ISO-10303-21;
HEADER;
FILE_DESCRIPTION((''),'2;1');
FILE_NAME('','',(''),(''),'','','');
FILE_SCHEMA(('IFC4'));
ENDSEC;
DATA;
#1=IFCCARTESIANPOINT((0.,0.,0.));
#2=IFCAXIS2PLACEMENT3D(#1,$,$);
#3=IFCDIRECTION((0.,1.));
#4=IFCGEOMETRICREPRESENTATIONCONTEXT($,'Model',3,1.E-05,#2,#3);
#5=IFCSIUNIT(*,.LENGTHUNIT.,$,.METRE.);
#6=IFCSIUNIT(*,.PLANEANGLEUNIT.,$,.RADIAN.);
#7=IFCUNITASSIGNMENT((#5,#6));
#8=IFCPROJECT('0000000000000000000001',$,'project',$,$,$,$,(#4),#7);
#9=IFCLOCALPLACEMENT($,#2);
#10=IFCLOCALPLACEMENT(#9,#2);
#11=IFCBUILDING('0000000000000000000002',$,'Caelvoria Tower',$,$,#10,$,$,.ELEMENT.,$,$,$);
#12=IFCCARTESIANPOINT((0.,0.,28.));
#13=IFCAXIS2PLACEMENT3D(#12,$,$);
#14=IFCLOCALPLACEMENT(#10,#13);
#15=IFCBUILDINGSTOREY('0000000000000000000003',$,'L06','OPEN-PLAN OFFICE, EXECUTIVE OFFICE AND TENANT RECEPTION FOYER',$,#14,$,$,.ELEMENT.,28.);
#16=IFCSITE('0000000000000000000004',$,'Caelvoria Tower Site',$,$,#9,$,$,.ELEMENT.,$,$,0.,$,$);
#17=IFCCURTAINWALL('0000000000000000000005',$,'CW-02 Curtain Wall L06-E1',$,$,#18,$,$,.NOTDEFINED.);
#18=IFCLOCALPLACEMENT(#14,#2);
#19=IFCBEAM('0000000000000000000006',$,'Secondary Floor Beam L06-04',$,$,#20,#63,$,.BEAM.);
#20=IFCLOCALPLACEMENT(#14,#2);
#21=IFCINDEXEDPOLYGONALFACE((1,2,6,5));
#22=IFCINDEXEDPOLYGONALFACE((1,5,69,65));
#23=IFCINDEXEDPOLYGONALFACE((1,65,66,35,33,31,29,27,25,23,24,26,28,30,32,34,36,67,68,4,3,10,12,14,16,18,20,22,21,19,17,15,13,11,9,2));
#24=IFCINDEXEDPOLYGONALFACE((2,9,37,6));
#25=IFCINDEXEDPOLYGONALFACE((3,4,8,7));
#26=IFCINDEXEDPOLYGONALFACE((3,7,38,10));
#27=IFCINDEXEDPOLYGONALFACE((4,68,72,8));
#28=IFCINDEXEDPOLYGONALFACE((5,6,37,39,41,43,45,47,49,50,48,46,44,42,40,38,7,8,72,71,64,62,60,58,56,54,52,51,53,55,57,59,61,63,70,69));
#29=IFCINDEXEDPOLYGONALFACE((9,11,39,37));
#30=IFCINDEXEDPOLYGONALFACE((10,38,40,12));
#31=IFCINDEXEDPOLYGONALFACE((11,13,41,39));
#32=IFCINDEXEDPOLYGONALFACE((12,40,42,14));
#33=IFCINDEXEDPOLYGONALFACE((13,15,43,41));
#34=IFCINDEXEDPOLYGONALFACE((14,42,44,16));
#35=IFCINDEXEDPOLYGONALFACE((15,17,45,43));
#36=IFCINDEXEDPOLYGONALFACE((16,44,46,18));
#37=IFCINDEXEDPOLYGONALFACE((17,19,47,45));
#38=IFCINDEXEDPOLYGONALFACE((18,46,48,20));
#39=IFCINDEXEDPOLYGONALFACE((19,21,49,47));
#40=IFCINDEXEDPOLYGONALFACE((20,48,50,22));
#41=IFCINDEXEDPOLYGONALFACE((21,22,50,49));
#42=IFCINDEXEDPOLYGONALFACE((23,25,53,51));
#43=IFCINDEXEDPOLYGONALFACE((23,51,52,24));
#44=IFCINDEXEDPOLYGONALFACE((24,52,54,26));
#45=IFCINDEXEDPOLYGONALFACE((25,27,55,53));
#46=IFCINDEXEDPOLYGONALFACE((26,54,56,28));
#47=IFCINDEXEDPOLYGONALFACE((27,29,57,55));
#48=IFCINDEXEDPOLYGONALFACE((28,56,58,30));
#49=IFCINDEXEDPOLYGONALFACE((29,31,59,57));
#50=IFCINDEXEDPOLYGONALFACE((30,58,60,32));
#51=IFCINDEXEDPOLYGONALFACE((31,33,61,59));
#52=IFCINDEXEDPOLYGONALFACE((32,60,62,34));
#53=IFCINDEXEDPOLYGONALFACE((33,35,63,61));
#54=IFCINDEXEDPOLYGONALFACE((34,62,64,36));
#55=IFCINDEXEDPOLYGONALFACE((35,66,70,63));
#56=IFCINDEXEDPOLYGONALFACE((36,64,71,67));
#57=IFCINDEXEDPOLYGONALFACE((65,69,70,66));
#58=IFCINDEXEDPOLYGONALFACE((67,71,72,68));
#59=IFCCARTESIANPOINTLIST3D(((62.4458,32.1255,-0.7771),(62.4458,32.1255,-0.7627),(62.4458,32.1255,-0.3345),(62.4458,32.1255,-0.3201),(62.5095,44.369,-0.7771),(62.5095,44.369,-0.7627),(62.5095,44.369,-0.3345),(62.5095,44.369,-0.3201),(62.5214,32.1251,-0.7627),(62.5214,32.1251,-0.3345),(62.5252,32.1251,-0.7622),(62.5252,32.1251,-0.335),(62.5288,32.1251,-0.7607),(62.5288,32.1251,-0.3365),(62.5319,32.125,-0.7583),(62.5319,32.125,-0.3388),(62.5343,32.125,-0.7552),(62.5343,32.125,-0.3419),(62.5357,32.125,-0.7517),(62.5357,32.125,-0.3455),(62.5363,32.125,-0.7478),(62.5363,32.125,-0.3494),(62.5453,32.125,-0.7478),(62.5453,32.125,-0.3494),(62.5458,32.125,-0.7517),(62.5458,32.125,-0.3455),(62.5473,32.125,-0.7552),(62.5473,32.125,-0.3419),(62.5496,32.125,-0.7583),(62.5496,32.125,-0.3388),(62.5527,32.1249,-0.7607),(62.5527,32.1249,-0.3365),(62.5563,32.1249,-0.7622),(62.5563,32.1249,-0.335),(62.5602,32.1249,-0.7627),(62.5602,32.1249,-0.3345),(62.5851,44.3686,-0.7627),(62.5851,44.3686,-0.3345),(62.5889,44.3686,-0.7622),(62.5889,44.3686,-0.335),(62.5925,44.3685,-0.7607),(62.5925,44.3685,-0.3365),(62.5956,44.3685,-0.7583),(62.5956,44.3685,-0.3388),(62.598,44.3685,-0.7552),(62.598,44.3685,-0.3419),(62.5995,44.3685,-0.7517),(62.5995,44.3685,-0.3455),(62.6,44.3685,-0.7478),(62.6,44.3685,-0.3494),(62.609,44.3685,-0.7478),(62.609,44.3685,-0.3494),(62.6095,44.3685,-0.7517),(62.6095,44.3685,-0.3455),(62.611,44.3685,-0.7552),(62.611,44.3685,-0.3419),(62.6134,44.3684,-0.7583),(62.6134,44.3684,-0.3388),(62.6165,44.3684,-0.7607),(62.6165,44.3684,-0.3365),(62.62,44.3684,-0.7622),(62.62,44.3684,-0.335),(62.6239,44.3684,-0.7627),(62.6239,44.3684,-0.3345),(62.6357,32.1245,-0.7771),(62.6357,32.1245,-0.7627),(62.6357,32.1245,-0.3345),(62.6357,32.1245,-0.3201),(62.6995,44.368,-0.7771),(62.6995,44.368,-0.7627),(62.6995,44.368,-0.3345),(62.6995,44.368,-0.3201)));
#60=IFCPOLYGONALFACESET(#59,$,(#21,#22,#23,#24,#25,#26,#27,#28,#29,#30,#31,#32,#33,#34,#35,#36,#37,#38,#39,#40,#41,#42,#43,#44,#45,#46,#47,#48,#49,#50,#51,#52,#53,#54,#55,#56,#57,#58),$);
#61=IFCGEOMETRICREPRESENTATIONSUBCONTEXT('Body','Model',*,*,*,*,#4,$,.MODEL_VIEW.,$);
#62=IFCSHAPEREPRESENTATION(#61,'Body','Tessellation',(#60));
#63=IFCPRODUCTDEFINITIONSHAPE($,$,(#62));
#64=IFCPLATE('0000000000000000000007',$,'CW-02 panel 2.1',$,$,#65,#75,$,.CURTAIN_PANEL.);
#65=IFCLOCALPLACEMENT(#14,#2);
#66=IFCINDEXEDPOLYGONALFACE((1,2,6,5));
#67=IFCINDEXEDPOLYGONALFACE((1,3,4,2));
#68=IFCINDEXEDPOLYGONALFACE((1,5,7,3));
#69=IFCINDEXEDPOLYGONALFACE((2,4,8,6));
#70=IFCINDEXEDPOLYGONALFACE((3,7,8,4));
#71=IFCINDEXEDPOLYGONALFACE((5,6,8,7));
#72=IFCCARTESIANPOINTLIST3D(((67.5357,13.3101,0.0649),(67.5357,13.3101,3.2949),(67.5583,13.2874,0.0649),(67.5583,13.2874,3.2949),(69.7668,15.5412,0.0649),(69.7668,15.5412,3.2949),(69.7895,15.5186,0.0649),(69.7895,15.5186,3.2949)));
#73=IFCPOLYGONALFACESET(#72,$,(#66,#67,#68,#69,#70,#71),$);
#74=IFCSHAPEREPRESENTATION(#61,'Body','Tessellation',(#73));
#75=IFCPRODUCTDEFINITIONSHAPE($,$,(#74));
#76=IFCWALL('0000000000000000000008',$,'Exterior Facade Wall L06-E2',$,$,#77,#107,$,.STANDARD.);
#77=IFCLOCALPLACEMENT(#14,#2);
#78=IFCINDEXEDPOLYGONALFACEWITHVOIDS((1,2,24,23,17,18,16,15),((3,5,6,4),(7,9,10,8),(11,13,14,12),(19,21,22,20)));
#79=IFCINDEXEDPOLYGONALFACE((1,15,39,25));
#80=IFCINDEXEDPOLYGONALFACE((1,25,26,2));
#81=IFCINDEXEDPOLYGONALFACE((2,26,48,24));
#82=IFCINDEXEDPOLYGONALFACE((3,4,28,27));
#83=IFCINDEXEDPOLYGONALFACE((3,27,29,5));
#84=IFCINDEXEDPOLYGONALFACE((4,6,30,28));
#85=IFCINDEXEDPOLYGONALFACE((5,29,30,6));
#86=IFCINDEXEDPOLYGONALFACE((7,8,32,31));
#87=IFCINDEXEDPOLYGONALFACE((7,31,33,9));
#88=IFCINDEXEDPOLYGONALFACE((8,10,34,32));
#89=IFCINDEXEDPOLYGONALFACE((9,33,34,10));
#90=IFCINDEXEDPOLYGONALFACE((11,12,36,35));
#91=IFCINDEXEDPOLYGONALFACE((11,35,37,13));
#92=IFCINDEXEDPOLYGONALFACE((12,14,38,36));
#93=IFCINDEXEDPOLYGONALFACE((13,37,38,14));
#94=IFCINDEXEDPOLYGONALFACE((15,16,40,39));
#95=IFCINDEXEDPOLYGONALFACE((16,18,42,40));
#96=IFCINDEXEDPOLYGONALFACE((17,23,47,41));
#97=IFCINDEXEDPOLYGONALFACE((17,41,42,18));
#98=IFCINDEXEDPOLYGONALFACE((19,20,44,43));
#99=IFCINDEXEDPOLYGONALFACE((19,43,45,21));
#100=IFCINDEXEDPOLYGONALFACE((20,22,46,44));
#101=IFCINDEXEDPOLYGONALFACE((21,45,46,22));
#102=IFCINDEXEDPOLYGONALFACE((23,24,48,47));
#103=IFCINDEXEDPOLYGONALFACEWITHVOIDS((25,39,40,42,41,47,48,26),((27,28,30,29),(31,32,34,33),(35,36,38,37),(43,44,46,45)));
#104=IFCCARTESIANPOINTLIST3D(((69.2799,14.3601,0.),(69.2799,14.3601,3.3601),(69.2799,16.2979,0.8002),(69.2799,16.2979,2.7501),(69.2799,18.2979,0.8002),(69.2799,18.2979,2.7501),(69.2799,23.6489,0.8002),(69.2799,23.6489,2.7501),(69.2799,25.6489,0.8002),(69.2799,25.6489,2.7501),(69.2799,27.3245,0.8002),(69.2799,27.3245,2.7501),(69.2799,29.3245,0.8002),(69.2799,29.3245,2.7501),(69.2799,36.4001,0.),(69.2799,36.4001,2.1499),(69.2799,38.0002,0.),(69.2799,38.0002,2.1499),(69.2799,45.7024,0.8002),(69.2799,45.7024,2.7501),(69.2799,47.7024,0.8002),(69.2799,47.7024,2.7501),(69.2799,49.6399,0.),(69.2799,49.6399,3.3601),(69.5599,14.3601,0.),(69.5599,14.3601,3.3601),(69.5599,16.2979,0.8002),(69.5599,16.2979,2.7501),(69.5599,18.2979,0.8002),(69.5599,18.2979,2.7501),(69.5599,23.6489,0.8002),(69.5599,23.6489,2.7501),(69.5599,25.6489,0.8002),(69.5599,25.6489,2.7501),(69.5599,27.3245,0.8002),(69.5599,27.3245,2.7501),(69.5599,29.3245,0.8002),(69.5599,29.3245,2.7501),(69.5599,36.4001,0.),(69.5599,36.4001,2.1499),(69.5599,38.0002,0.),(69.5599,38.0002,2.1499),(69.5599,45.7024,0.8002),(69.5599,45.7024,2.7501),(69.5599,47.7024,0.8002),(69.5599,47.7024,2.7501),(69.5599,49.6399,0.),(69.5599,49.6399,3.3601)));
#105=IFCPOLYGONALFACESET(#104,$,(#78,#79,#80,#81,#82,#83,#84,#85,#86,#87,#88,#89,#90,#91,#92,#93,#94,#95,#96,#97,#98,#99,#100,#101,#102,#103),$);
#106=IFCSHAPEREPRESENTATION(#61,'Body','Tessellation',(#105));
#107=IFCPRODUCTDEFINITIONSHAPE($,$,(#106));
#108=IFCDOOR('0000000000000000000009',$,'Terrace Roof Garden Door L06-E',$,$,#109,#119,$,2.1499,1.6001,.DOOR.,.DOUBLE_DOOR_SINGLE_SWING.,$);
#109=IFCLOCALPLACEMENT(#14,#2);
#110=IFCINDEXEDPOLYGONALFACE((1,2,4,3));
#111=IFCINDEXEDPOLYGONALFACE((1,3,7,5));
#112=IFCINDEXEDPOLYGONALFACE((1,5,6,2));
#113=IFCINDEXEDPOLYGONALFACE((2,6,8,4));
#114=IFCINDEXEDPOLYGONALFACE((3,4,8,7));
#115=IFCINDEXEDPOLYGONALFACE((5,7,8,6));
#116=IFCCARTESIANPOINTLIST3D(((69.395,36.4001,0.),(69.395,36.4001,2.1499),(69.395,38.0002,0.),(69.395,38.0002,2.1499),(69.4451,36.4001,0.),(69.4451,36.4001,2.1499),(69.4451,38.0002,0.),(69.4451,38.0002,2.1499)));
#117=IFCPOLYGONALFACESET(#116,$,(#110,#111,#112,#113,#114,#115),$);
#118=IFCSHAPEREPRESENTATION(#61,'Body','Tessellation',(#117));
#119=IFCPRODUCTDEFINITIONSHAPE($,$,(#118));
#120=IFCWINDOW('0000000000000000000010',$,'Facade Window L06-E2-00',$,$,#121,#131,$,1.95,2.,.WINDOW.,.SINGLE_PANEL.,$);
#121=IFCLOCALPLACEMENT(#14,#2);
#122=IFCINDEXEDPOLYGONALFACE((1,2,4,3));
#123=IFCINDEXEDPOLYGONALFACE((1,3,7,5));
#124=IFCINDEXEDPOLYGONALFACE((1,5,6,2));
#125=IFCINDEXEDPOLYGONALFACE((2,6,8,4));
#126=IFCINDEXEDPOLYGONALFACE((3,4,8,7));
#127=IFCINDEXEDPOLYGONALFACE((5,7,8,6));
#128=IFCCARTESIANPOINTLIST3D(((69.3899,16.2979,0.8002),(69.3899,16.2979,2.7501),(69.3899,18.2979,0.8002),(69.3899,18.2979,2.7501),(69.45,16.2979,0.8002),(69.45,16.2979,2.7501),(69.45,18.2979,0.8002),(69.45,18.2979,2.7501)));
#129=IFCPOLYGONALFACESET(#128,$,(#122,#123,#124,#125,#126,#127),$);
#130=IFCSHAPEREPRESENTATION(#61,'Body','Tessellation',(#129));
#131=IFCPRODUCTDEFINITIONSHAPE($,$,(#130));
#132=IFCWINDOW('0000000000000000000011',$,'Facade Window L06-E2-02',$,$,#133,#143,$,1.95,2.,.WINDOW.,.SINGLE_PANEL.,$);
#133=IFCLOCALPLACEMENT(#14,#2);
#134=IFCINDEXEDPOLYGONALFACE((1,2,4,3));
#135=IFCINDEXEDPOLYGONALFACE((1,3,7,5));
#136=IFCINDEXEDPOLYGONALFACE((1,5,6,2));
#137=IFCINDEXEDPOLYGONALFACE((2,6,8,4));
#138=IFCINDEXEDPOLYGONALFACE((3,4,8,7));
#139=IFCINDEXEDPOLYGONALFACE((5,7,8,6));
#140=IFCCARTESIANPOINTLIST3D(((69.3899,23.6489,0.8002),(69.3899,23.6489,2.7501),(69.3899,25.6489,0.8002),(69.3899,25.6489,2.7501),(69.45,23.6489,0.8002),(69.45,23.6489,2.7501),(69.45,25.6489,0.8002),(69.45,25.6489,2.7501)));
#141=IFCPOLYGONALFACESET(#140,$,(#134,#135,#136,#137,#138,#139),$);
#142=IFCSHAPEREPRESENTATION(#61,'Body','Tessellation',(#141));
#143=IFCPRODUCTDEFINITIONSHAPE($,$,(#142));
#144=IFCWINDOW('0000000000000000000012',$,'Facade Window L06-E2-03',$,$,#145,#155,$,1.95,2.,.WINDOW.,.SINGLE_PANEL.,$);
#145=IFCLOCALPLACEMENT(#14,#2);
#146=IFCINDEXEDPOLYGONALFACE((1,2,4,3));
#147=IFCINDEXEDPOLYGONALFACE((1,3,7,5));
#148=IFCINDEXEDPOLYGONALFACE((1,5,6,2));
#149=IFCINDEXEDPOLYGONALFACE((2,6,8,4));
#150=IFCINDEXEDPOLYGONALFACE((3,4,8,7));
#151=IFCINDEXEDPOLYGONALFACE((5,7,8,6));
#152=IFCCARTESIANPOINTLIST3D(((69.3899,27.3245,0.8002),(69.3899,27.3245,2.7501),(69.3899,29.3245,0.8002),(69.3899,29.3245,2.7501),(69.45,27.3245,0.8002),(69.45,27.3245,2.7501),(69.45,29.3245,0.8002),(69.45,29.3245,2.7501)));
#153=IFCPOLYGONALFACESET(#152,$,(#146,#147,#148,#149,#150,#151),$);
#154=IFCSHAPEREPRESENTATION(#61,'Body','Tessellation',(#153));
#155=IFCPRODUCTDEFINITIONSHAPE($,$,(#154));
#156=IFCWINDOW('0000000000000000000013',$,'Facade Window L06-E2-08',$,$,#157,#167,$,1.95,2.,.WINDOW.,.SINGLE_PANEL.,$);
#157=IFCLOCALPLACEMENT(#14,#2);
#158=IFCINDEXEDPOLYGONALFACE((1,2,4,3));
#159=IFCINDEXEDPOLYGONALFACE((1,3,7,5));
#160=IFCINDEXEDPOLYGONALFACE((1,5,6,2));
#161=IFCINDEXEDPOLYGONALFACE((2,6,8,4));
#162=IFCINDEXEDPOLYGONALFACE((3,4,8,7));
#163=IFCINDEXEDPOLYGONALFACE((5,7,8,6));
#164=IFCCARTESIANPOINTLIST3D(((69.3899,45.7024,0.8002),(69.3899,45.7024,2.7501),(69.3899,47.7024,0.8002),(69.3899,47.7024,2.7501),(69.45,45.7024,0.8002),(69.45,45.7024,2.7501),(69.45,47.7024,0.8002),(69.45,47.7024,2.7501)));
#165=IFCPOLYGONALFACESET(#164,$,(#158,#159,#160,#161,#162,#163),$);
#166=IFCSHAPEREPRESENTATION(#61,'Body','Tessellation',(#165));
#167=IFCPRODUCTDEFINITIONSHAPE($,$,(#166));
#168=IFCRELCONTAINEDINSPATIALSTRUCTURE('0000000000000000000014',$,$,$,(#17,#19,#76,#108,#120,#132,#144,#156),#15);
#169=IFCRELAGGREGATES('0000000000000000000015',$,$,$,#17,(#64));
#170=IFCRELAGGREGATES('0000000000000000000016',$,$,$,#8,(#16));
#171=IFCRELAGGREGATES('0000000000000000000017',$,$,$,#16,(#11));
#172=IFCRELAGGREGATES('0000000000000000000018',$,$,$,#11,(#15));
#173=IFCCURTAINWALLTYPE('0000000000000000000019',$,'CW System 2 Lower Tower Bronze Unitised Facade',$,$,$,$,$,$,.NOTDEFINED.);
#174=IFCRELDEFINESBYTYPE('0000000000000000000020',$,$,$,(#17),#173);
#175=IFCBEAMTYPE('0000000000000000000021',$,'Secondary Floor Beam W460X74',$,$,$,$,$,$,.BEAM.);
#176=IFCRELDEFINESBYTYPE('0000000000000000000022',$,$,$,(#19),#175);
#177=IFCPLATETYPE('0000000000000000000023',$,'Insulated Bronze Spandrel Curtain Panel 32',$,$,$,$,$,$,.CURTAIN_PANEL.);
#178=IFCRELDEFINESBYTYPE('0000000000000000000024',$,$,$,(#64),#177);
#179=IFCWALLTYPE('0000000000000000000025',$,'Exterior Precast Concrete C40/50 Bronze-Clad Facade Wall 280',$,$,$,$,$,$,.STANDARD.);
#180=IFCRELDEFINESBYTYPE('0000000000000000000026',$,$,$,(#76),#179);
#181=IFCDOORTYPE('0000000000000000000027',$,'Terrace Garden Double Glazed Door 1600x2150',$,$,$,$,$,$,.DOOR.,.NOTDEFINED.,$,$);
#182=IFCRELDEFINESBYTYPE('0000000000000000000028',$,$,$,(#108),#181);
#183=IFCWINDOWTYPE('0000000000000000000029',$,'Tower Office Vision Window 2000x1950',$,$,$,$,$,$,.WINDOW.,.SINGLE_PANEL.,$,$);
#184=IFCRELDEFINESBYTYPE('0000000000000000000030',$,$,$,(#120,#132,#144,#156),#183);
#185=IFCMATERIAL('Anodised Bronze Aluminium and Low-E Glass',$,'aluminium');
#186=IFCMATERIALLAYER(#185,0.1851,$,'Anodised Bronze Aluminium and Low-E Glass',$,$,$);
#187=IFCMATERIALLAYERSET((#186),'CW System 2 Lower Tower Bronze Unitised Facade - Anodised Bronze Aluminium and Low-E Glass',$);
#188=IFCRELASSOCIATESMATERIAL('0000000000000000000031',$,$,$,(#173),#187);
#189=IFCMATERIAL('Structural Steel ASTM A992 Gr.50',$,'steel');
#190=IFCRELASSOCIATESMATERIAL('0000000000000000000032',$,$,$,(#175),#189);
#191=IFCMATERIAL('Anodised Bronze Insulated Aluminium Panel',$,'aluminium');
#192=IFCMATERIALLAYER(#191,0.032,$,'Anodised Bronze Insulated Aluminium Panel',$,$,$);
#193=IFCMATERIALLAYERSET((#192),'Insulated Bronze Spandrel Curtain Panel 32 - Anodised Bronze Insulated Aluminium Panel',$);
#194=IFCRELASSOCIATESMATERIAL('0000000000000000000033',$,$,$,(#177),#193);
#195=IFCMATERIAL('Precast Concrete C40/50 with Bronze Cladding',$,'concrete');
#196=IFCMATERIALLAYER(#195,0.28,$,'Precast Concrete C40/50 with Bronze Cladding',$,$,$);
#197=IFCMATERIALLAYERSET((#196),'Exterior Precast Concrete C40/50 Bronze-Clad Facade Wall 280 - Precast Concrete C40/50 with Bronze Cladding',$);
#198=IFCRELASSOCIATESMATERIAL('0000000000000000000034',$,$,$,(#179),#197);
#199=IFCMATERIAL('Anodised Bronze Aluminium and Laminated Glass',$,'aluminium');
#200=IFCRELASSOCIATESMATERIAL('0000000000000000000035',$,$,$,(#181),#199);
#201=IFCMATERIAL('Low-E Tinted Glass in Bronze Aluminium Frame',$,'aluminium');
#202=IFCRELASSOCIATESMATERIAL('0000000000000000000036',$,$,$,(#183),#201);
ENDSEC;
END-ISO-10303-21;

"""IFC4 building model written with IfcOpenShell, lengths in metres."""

from ifc_helpers import new_model, si_unit, direction, frame, frame_2d, origin, origin_2d, place, context, subcontext, project, spatial, rectangle, i_section, extrude, material, layer, layer_set, material_profile, profile_set, type_object, element, fill, aggregate, save


model = new_model("IFC4")

# Units and contexts
model_context = context("Model", 3, precision=1e-05, world=origin(), true_north=direction((0.0, 1.0)))
body_context = subcontext(model_context, "Body", "Model", "MODEL_VIEW")
ifc_project = project(units=[si_unit("LENGTHUNIT", "METRE"), si_unit("PLANEANGLEUNIT", "RADIAN")], contexts=[model_context])

# Site, building, storey
site_placement = place(None, origin())
site = spatial("IfcSite", under=ifc_project, at=site_placement, Name="Caelvoria Tower Site", CompositionType="ELEMENT", RefElevation=0.0)
building_placement = place(site_placement, origin())
building = spatial("IfcBuilding", under=site, at=building_placement, Name="Caelvoria Tower", CompositionType="ELEMENT")
storey_placement = place(building_placement, frame((0.0, 0.0, 28.0)))
storey = spatial("IfcBuildingStorey", under=building, at=storey_placement, Name="L06", Description="OPEN-PLAN OFFICE, EXECUTIVE OFFICE AND TENANT RECEPTION FOYER", CompositionType="ELEMENT", Elevation=28.0)

# Curtain wall
ifc_material_1 = material(Name="Anodised Bronze Aluminium and Low-E Glass", Category="aluminium")
ifc_layer_1 = layer(ifc_material_1, 0.1851, Name="Anodised Bronze Aluminium and Low-E Glass")
ifc_layer_set_1 = layer_set([ifc_layer_1], Name="CW System 2 Lower Tower Bronze Unitised Facade - Anodised Bronze Aluminium and Low-E Glass")
curtain_wall_type = type_object("IfcCurtainWallType", Name="CW System 2 Lower Tower Bronze Unitised Facade", PredefinedType="NOTDEFINED", material=ifc_layer_set_1)
curtain_wall_placement = place(storey_placement, origin())
curtain_wall = element("IfcCurtainWall", 1, at=curtain_wall_placement, inside=storey, type_object=curtain_wall_type, Name="CW-02 Curtain Wall L06-E1", PredefinedType="NOTDEFINED")

# Beam
ifc_material_2 = material(Name="Structural Steel ASTM A992 Gr.50", Category="steel")
ifc_material_profile_1 = material_profile(ifc_material_2, i_section(OverallWidth=0.1899, OverallDepth=0.457, WebThickness=0.009, FlangeThickness=0.0144, FilletRadius=0.0149, at=origin_2d()), Name="Structural Steel ASTM A992 Gr.50")
ifc_profile_set_1 = profile_set([ifc_material_profile_1], Name="W460X74 - Structural Steel ASTM A992 Gr.50")
beam_type_1 = type_object("IfcBeamType", Name="Secondary Floor Beam W460X74", PredefinedType="BEAM", material=ifc_profile_set_1)
beam_1_placement = place(storey_placement, frame((62.5408, 32.125, -0.5486), z_axis=(0.005204, 0.999986, 0.0), x_axis=(-0.999986, 0.005204, 0.0)))
element("IfcBeam", 2, at=beam_1_placement, inside=storey, type_object=beam_type_1, Name="Secondary Floor Beam L06-04", PredefinedType="BEAM", context=body_context, shape_type="SweptSolid", body=[
    extrude(i_section(OverallWidth=0.1899, OverallDepth=0.457, WebThickness=0.009, FlangeThickness=0.0144, FilletRadius=0.0149, at=origin_2d()), origin(), (0.0, 0.0, 1.0), 12.2437),
])

# Plate
ifc_material_3 = material(Name="Anodised Bronze Insulated Aluminium Panel", Category="aluminium")
ifc_layer_2 = layer(ifc_material_3, 0.032, Name="Anodised Bronze Insulated Aluminium Panel")
ifc_layer_set_2 = layer_set([ifc_layer_2], Name="Insulated Bronze Spandrel Curtain Panel 32 - Anodised Bronze Insulated Aluminium Panel")
plate_type = type_object("IfcPlateType", Name="Insulated Bronze Spandrel Curtain Panel 32", PredefinedType="CURTAIN_PANEL", material=ifc_layer_set_2)
plate_placement = place(storey_placement, frame((68.6626, 14.4143, 0.0649), z_axis=(0.0, 0.0, 1.0), x_axis=(0.707107, 0.707107, 0.0)))
plate = element("IfcPlate", 3, at=plate_placement, type_object=plate_type, Name="CW-02 panel 2.1", PredefinedType="CURTAIN_PANEL", context=body_context, shape_type="SweptSolid", body=[
    extrude(rectangle(XDim=3.1553, YDim=0.032, at=origin_2d()), origin(), (0.0, 0.0, 1.0), 3.23),
])
aggregate(curtain_wall, [plate])

# Wall, openings, door, windows
ifc_material_4 = material(Name="Precast Concrete C40/50 with Bronze Cladding", Category="concrete")
ifc_layer_3 = layer(ifc_material_4, 0.28, Name="Precast Concrete C40/50 with Bronze Cladding")
ifc_layer_set_3 = layer_set([ifc_layer_3], Name="Exterior Precast Concrete C40/50 Bronze-Clad Facade Wall 280 - Precast Concrete C40/50 with Bronze Cladding")
wall_type = type_object("IfcWallType", Name="Exterior Precast Concrete C40/50 Bronze-Clad Facade Wall 280", PredefinedType="STANDARD", material=ifc_layer_set_3)
wall_placement = place(storey_placement, frame((69.4199, 14.3601, 0.0), z_axis=(0.0, 0.0, 1.0), x_axis=(0.0, 1.0, 0.0)))
wall = element("IfcWall", 4, at=wall_placement, inside=storey, type_object=wall_type, Name="Exterior Facade Wall L06-E2", PredefinedType="STANDARD", context=body_context, shape_type="SweptSolid", body=[
    extrude(rectangle(XDim=35.2798, YDim=0.28, at=frame_2d((17.6399, 0.0))), origin(), (0.0, 0.0, 1.0), 3.3601),
])
opening_1_placement = place(wall_placement, frame((22.04, 0.0, 0.0)))
opening_1 = element("IfcOpeningElement", 5, at=opening_1_placement, cuts=wall, PredefinedType="OPENING", context=body_context, shape_type="SweptSolid", body=[
    extrude(rectangle(XDim=1.6001, YDim=2.1499, at=frame_2d((0.8, 1.075))), frame((0.0, 0.1499, 0.0), z_axis=(0.0, -1.0, 0.0), x_axis=(1.0, 0.0, 0.0)), (0.0, 0.0, 1.0), 0.3),
])
opening_2_placement = place(wall_placement, frame((1.9377, 0.0, 0.8)))
opening_2 = element("IfcOpeningElement", 6, at=opening_2_placement, cuts=wall, PredefinedType="OPENING", context=body_context, shape_type="SweptSolid", body=[
    extrude(rectangle(XDim=2.0, YDim=1.95, at=frame_2d((1.0, 0.9751))), frame((0.0, 0.1499, 0.0), z_axis=(0.0, -1.0, 0.0), x_axis=(1.0, 0.0, 0.0)), (0.0, 0.0, 1.0), 0.3),
])
opening_3_placement = place(wall_placement, frame((9.2888, 0.0, 0.8)))
opening_3 = element("IfcOpeningElement", 7, at=opening_3_placement, cuts=wall, PredefinedType="OPENING", context=body_context, shape_type="SweptSolid", body=[
    extrude(rectangle(XDim=2.0, YDim=1.95, at=frame_2d((1.0, 0.9751))), frame((0.0, 0.1499, 0.0), z_axis=(0.0, -1.0, 0.0), x_axis=(1.0, 0.0, 0.0)), (0.0, 0.0, 1.0), 0.3),
])
opening_4_placement = place(wall_placement, frame((12.9644, 0.0, 0.8)))
opening_4 = element("IfcOpeningElement", 8, at=opening_4_placement, cuts=wall, PredefinedType="OPENING", context=body_context, shape_type="SweptSolid", body=[
    extrude(rectangle(XDim=2.0, YDim=1.95, at=frame_2d((1.0, 0.9751))), frame((0.0, 0.1499, 0.0), z_axis=(0.0, -1.0, 0.0), x_axis=(1.0, 0.0, 0.0)), (0.0, 0.0, 1.0), 0.3),
])
opening_5_placement = place(wall_placement, frame((31.3423, 0.0, 0.8)))
opening_5 = element("IfcOpeningElement", 9, at=opening_5_placement, cuts=wall, PredefinedType="OPENING", context=body_context, shape_type="SweptSolid", body=[
    extrude(rectangle(XDim=2.0, YDim=1.95, at=frame_2d((1.0, 0.9751))), frame((0.0, 0.1499, 0.0), z_axis=(0.0, -1.0, 0.0), x_axis=(1.0, 0.0, 0.0)), (0.0, 0.0, 1.0), 0.3),
])
ifc_material_5 = material(Name="Anodised Bronze Aluminium and Laminated Glass", Category="aluminium")
door_type = type_object("IfcDoorType", Name="Terrace Garden Double Glazed Door 1600x2150", OperationType="NOTDEFINED", PredefinedType="DOOR", material=ifc_material_5)
door_placement = place(opening_1_placement, origin())
door = element("IfcDoor", 10, at=door_placement, inside=storey, type_object=door_type, Name="Terrace Roof Garden Door L06-E", OperationType="DOUBLE_DOOR_SINGLE_SWING", OverallHeight=2.1499, OverallWidth=1.6001, PredefinedType="DOOR", context=body_context, shape_type="SweptSolid", body=[
    extrude(rectangle(XDim=1.6001, YDim=2.1499, at=frame_2d((0.8, 1.075))), frame((0.0, 0.0249, 0.0), z_axis=(0.0, -1.0, 0.0), x_axis=(1.0, 0.0, 0.0)), (0.0, 0.0, 1.0), 0.05),
])
fill(opening_1, door)
ifc_material_6 = material(Name="Low-E Tinted Glass in Bronze Aluminium Frame", Category="aluminium")
window_type = type_object("IfcWindowType", Name="Tower Office Vision Window 2000x1950", PartitioningType="SINGLE_PANEL", PredefinedType="WINDOW", material=ifc_material_6)
window_1_placement = place(opening_2_placement, origin())
window_1 = element("IfcWindow", 11, at=window_1_placement, inside=storey, type_object=window_type, Name="Facade Window L06-E2-00", OverallHeight=1.95, OverallWidth=2.0, PartitioningType="SINGLE_PANEL", PredefinedType="WINDOW", context=body_context, shape_type="SweptSolid", body=[
    extrude(rectangle(XDim=2.0, YDim=1.95, at=frame_2d((1.0, 0.9751))), frame((0.0, 0.03, 0.0), z_axis=(0.0, -1.0, 0.0), x_axis=(1.0, 0.0, 0.0)), (0.0, 0.0, 1.0), 0.0601),
])
fill(opening_2, window_1)
window_2_placement = place(opening_3_placement, origin())
window_2 = element("IfcWindow", 12, at=window_2_placement, inside=storey, type_object=window_type, Name="Facade Window L06-E2-02", OverallHeight=1.95, OverallWidth=2.0, PartitioningType="SINGLE_PANEL", PredefinedType="WINDOW", context=body_context, shape_type="SweptSolid", body=[
    extrude(rectangle(XDim=2.0, YDim=1.95, at=frame_2d((1.0, 0.9751))), frame((0.0, 0.03, 0.0), z_axis=(0.0, -1.0, 0.0), x_axis=(1.0, 0.0, 0.0)), (0.0, 0.0, 1.0), 0.0601),
])
fill(opening_3, window_2)
window_3_placement = place(opening_4_placement, origin())
window_3 = element("IfcWindow", 13, at=window_3_placement, inside=storey, type_object=window_type, Name="Facade Window L06-E2-03", OverallHeight=1.95, OverallWidth=2.0, PartitioningType="SINGLE_PANEL", PredefinedType="WINDOW", context=body_context, shape_type="SweptSolid", body=[
    extrude(rectangle(XDim=2.0, YDim=1.95, at=frame_2d((1.0, 0.9751))), frame((0.0, 0.03, 0.0), z_axis=(0.0, -1.0, 0.0), x_axis=(1.0, 0.0, 0.0)), (0.0, 0.0, 1.0), 0.0601),
])
fill(opening_4, window_3)
window_4_placement = place(opening_5_placement, origin())
window_4 = element("IfcWindow", 14, at=window_4_placement, inside=storey, type_object=window_type, Name="Facade Window L06-E2-08", OverallHeight=1.95, OverallWidth=2.0, PartitioningType="SINGLE_PANEL", PredefinedType="WINDOW", context=body_context, shape_type="SweptSolid", body=[
    extrude(rectangle(XDim=2.0, YDim=1.95, at=frame_2d((1.0, 0.9751))), frame((0.0, 0.03, 0.0), z_axis=(0.0, -1.0, 0.0), x_axis=(1.0, 0.0, 0.0)), (0.0, 0.0, 1.0), 0.0601),
])
fill(opening_5, window_4)

save(model, "model.ifc")
